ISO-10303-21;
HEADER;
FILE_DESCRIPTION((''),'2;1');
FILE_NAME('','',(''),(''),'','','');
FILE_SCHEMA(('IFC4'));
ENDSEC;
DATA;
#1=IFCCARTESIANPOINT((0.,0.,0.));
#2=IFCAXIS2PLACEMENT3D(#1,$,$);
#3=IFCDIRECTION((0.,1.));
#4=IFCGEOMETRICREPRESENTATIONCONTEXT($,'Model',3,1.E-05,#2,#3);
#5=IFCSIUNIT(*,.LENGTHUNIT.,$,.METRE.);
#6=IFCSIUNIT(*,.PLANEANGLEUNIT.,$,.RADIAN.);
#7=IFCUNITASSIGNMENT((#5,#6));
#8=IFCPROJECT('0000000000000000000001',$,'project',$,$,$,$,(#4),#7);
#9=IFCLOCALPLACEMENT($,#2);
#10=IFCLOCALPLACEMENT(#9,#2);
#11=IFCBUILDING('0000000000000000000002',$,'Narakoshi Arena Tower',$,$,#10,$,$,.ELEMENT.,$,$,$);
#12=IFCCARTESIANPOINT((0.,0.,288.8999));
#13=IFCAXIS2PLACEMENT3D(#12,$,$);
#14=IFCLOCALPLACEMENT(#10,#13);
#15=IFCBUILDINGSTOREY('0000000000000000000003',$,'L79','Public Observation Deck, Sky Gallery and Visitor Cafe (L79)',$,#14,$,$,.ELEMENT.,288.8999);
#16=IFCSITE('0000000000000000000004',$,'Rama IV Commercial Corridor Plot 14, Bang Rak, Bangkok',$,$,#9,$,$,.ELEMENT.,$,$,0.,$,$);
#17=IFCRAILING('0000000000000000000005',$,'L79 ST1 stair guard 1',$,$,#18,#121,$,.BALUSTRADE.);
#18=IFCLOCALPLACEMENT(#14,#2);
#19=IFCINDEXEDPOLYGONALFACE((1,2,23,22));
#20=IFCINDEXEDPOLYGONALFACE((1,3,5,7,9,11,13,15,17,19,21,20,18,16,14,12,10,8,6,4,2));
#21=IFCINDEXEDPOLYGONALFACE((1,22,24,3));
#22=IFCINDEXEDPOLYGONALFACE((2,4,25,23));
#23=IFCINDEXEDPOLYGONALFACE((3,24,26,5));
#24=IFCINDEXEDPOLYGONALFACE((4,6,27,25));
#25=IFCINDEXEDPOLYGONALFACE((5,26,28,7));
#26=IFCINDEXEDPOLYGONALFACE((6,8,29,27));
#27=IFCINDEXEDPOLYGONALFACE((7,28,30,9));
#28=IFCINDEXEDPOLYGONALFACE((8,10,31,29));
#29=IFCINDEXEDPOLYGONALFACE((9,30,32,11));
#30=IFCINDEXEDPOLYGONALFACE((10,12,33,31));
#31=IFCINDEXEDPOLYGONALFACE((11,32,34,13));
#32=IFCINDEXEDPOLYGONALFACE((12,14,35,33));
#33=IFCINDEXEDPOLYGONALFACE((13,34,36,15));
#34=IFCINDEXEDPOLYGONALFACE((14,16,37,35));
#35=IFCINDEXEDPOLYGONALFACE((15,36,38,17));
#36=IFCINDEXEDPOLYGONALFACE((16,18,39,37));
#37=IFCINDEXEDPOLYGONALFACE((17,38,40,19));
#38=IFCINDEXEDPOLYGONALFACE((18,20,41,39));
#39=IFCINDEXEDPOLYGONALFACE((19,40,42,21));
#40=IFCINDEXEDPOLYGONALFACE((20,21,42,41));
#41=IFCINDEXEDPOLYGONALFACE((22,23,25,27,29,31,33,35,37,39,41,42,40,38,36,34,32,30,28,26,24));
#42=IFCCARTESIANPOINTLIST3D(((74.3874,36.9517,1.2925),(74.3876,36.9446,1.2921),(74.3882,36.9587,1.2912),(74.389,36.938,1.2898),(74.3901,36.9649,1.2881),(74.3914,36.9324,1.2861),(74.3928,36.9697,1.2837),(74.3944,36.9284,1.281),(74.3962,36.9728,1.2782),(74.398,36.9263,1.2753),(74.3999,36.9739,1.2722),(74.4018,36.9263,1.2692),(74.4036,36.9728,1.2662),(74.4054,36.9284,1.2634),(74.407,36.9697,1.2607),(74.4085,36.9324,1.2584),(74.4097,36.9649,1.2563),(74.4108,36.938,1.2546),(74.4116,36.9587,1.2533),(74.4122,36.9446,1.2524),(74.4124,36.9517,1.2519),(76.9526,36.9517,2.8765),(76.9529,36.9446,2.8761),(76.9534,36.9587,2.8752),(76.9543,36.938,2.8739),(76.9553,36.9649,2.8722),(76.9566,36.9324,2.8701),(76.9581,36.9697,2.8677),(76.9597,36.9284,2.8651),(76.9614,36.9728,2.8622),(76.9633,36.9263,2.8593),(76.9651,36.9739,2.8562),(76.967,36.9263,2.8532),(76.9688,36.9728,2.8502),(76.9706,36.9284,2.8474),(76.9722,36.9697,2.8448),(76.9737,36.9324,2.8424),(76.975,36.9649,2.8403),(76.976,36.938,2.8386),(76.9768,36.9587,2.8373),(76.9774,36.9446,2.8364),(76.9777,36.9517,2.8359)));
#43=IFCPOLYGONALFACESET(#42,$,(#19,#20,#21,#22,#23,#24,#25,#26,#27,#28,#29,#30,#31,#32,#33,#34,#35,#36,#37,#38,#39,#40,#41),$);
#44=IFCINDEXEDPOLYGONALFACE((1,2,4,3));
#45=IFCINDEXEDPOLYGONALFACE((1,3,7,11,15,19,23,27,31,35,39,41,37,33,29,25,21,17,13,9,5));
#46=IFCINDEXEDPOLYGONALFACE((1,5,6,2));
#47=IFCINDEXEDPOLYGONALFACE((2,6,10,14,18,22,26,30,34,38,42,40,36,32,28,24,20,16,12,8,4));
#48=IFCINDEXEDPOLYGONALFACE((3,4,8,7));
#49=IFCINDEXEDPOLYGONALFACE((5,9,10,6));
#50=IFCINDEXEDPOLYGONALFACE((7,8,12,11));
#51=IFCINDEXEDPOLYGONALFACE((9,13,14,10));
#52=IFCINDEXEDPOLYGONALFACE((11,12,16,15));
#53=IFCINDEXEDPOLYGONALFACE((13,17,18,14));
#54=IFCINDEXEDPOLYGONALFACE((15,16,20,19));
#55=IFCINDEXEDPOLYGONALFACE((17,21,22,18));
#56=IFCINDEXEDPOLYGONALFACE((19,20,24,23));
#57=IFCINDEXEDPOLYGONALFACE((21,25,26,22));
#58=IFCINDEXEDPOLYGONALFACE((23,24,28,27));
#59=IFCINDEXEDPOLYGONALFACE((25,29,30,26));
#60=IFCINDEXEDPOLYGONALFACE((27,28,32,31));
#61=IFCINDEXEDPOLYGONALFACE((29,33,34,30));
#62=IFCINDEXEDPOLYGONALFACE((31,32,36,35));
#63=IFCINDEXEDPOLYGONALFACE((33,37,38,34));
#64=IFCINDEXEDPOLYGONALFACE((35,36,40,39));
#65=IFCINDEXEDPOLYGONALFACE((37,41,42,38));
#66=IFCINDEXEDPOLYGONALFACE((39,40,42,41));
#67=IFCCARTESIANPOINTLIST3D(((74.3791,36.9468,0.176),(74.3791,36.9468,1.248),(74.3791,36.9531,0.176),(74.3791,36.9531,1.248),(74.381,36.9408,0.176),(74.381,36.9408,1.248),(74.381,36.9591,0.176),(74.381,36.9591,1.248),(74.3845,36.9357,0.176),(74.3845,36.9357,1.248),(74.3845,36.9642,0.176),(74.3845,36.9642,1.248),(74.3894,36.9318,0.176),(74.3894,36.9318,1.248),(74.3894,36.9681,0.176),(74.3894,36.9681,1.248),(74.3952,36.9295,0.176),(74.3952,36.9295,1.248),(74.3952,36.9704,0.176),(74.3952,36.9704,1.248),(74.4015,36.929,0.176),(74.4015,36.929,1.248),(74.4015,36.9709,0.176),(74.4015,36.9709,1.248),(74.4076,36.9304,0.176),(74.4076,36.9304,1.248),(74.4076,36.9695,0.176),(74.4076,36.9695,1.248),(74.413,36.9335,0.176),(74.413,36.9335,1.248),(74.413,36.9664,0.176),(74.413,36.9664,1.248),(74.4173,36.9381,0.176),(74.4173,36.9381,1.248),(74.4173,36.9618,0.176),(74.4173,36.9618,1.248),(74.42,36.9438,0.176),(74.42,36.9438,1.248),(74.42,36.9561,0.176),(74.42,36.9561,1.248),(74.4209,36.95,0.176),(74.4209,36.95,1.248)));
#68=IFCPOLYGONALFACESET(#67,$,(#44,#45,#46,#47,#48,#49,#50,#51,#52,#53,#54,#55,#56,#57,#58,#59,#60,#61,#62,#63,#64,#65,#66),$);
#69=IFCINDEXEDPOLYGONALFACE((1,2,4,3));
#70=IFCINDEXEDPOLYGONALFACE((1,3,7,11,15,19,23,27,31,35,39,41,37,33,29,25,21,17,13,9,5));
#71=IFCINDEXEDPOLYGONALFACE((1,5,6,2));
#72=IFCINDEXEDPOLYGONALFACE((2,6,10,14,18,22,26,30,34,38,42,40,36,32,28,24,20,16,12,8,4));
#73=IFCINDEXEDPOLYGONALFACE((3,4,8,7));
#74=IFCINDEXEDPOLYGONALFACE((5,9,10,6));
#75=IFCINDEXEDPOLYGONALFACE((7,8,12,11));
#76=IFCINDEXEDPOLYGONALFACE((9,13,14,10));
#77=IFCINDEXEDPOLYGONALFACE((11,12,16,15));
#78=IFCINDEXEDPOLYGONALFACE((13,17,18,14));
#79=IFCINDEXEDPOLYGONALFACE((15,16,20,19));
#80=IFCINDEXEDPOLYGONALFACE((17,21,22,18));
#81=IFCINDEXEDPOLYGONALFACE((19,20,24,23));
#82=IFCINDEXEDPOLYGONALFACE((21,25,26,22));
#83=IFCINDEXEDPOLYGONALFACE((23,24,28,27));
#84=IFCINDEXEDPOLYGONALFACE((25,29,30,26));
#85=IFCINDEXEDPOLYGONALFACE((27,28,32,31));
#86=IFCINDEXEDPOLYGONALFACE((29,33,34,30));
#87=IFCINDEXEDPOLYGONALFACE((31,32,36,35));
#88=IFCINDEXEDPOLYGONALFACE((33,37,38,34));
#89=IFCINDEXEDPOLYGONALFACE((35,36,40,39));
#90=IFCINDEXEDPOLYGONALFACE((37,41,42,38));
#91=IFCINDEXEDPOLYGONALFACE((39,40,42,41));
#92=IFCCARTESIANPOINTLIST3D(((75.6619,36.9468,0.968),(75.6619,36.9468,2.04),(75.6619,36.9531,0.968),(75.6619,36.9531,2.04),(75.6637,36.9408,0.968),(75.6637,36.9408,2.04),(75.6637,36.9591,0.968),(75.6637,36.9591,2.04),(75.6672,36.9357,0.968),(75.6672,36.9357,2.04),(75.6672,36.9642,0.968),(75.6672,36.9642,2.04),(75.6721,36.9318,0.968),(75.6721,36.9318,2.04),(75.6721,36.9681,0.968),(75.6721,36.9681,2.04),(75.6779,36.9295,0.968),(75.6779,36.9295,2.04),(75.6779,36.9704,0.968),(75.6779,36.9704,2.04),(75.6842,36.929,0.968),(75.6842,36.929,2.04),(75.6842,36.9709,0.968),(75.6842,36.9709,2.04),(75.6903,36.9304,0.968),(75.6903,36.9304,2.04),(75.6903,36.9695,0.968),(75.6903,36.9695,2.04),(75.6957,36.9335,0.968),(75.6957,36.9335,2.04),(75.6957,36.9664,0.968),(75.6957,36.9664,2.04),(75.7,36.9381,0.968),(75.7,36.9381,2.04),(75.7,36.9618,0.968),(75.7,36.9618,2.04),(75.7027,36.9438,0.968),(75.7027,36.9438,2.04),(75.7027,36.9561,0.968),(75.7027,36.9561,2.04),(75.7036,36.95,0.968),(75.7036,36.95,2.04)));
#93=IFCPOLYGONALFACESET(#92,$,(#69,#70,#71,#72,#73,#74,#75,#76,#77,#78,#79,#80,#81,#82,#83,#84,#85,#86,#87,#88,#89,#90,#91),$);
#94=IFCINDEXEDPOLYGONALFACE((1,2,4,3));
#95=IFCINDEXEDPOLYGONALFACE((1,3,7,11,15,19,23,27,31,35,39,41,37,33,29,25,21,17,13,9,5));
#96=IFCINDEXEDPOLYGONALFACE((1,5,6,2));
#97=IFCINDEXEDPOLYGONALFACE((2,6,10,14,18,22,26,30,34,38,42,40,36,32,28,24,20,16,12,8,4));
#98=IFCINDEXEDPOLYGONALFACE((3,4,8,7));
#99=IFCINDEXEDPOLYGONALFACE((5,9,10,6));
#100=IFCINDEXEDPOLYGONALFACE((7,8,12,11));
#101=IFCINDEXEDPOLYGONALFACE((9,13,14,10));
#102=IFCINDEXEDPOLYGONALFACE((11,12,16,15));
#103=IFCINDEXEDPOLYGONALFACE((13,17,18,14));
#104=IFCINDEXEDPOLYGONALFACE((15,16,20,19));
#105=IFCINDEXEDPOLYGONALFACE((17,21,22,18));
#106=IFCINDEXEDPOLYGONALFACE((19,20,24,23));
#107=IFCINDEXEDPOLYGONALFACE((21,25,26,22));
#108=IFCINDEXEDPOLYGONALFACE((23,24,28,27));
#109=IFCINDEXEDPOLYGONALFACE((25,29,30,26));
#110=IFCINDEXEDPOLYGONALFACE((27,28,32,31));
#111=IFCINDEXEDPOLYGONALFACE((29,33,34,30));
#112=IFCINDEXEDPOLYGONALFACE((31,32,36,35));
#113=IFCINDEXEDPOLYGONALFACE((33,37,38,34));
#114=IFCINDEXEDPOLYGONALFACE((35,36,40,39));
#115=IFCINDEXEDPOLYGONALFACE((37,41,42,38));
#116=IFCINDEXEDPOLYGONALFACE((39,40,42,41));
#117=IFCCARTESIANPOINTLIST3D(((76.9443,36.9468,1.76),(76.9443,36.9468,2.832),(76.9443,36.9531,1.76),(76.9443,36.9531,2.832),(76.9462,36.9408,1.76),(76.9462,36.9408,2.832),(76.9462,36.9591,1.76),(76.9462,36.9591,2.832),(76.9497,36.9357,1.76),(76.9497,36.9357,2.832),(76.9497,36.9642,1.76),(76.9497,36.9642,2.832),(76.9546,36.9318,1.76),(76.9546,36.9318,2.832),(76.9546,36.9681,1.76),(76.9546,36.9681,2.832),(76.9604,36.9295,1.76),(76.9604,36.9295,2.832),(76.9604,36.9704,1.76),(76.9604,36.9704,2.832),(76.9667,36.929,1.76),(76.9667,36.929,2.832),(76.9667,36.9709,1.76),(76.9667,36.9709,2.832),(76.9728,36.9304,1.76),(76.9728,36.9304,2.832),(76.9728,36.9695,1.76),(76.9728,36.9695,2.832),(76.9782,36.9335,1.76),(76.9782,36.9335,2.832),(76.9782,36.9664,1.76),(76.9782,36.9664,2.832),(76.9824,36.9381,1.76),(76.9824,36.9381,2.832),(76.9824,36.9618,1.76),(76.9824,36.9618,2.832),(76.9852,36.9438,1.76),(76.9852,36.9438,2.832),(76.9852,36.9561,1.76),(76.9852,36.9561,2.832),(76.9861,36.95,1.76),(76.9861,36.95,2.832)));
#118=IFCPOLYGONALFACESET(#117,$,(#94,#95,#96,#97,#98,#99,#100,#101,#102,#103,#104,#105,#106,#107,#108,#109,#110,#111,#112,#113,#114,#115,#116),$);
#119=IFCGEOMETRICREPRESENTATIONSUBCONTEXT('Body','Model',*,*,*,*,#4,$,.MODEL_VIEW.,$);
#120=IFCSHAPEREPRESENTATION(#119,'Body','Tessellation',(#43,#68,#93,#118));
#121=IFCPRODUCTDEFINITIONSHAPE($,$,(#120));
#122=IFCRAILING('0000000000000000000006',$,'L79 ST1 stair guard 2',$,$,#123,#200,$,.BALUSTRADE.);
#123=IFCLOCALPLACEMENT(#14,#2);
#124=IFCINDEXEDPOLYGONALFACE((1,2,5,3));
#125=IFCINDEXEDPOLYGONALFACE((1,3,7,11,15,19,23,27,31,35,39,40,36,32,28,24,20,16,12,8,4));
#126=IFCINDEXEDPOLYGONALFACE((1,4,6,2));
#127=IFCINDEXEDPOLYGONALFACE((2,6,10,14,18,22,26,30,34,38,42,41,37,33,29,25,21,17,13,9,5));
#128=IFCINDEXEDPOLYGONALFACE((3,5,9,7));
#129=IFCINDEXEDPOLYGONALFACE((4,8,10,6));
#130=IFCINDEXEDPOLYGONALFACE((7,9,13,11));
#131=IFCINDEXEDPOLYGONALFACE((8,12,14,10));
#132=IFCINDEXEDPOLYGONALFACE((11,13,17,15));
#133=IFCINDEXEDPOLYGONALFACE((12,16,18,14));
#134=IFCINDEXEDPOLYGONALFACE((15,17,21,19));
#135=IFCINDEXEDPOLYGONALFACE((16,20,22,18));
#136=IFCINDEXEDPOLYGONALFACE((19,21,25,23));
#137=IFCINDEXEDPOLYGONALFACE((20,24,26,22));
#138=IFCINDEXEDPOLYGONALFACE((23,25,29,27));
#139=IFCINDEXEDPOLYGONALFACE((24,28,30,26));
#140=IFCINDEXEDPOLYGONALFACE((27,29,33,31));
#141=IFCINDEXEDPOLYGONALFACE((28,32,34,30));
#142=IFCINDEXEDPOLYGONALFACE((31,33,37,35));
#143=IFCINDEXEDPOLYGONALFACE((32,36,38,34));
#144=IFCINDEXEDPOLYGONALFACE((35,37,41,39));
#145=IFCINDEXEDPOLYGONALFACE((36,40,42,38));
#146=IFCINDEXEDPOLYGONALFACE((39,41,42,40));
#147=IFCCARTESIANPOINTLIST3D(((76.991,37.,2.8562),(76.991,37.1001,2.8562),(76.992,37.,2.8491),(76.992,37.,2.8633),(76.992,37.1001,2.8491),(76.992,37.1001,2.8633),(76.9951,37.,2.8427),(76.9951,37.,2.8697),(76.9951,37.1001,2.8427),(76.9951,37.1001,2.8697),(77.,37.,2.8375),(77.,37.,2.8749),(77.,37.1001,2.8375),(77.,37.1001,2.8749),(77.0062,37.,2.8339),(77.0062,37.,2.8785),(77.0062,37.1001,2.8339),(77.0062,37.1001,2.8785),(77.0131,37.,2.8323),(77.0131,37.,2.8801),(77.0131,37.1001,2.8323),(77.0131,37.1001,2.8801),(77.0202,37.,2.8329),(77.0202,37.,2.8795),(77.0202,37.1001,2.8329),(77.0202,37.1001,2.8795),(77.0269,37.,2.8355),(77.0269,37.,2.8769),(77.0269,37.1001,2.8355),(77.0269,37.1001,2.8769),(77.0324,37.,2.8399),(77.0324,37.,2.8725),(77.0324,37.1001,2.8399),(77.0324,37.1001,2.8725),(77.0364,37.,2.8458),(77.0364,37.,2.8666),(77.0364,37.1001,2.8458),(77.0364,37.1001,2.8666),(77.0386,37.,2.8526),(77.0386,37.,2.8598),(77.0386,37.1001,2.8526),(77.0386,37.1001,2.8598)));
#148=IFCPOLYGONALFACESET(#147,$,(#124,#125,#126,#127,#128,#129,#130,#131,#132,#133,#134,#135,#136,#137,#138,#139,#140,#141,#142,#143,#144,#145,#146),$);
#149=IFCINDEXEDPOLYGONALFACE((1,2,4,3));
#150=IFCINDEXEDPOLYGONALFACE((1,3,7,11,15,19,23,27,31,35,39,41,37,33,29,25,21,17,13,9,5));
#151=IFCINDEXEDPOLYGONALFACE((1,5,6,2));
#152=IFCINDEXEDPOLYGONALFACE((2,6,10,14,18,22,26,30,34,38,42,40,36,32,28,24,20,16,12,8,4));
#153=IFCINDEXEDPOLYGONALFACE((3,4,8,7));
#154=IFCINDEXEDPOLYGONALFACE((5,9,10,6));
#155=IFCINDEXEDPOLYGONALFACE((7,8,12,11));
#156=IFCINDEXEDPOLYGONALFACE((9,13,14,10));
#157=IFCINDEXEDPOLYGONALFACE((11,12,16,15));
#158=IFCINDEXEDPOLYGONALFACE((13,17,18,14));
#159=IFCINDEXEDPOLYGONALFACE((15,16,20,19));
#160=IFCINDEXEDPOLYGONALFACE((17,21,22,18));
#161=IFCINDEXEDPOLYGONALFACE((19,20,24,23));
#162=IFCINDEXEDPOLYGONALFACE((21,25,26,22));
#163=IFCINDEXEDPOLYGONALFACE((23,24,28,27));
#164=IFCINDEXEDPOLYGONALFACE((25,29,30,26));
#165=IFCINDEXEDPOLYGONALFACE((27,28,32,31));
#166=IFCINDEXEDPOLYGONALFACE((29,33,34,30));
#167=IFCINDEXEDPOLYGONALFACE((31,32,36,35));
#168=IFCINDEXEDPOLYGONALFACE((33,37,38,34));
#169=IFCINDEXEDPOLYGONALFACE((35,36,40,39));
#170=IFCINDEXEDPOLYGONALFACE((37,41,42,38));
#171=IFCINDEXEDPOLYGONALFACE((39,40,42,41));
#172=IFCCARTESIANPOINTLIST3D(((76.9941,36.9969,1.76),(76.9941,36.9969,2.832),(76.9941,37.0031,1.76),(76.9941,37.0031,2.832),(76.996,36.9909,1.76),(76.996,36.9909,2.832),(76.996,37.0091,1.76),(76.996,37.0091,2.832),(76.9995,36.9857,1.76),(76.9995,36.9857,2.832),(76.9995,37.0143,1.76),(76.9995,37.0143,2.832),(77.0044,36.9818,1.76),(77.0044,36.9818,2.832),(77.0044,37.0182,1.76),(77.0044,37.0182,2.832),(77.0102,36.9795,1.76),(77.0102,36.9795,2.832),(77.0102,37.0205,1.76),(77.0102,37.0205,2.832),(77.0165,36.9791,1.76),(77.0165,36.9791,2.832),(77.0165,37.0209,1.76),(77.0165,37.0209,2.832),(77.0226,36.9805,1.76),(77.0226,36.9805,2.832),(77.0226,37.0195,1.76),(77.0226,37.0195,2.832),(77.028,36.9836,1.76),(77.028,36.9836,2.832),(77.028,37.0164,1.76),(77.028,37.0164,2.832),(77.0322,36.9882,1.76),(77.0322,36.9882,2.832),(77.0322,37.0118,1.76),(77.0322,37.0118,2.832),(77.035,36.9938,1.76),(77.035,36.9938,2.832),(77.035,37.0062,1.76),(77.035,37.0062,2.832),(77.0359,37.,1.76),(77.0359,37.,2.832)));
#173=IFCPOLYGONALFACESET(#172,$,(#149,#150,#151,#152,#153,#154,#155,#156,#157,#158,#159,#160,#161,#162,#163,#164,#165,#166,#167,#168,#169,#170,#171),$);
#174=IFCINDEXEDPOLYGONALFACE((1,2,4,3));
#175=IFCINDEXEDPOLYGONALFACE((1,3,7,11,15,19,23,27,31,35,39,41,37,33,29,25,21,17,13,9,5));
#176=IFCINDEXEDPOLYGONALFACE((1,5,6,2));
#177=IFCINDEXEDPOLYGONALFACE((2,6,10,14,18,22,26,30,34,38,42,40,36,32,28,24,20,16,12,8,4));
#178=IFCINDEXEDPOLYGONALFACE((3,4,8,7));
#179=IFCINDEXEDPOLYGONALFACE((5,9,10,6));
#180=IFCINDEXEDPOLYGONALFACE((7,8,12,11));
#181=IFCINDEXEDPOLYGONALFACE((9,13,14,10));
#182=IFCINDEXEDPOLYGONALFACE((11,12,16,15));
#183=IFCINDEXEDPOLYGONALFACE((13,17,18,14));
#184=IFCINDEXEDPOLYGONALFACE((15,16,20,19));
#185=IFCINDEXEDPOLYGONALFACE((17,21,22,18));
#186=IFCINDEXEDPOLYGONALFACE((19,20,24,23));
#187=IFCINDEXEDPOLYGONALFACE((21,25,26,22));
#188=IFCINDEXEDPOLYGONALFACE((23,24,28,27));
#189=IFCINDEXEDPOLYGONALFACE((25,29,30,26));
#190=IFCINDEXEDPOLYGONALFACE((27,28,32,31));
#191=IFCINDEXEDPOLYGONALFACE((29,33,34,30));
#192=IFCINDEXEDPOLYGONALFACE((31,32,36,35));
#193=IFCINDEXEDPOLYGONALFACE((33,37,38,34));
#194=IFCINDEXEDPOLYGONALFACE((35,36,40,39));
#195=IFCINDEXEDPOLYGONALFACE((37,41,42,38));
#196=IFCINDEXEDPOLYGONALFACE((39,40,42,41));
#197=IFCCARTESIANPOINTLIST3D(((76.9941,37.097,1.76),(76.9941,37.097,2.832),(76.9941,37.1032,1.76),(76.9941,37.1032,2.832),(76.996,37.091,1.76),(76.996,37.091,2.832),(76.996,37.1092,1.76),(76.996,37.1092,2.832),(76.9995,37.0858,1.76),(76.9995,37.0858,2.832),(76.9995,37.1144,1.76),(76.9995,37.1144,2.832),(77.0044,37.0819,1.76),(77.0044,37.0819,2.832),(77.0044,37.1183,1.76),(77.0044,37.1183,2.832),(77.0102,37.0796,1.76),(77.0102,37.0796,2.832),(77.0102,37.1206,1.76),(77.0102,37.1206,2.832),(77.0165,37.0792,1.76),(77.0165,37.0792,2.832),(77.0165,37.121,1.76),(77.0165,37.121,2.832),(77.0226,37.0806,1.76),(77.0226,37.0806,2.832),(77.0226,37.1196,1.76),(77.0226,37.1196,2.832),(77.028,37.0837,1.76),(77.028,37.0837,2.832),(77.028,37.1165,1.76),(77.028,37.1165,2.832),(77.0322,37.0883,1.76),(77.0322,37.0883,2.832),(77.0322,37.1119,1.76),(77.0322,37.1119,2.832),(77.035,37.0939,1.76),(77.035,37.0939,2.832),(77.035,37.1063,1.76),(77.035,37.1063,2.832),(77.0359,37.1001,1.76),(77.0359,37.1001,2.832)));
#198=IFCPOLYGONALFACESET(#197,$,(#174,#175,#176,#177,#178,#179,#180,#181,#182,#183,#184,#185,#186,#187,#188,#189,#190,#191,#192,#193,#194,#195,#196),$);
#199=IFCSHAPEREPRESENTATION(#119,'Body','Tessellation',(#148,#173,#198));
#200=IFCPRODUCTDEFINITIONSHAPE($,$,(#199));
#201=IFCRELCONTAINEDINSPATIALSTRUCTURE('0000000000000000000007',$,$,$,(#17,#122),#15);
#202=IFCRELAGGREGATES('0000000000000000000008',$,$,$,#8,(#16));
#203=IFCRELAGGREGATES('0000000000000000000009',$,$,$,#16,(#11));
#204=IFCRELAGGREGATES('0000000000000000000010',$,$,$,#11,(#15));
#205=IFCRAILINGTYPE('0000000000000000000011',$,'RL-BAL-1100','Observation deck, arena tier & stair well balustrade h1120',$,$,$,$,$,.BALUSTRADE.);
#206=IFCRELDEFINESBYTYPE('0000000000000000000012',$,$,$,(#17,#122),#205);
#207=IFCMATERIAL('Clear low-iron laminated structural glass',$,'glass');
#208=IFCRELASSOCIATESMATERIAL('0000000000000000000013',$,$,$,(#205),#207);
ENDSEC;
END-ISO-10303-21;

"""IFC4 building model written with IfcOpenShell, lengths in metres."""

from ifc_helpers import new_model, si_unit, direction, frame, origin, origin_2d, place, context, subcontext, project, spatial, circle, extrude, material, type_object, element, save


model = new_model("IFC4")

# Units and contexts
model_context = context("Model", 3, precision=1e-05, world=origin(), true_north=direction((0.0, 1.0)))
body_context = subcontext(model_context, "Body", "Model", "MODEL_VIEW")
ifc_project = project(units=[si_unit("LENGTHUNIT", "METRE"), si_unit("PLANEANGLEUNIT", "RADIAN")], contexts=[model_context])

# Site, building, storey
site_placement = place(None, origin())
site = spatial("IfcSite", under=ifc_project, at=site_placement, Name="Rama IV Commercial Corridor Plot 14, Bang Rak, Bangkok", CompositionType="ELEMENT", RefElevation=0.0)
building_placement = place(site_placement, origin())
building = spatial("IfcBuilding", under=site, at=building_placement, Name="Narakoshi Arena Tower", CompositionType="ELEMENT")
storey_placement = place(building_placement, frame((0.0, 0.0, 288.8999)))
storey = spatial("IfcBuildingStorey", under=building, at=storey_placement, Name="L79", Description="Public Observation Deck, Sky Gallery and Visitor Cafe (L79)", CompositionType="ELEMENT", Elevation=288.8999)

# Railings
ifc_material_1 = material(Name="Clear low-iron laminated structural glass", Category="glass")
railing_type_1 = type_object("IfcRailingType", Name="RL-BAL-1100", Description="Observation deck, arena tier & stair well balustrade h1120", PredefinedType="BALUSTRADE", material=ifc_material_1)
railing_1_placement = place(storey_placement, frame((74.3999, 36.95, 0.176)))
element("IfcRailing", 1, at=railing_1_placement, inside=storey, type_object=railing_type_1, Name="L79 ST1 stair guard 1", PredefinedType="BALUSTRADE", context=body_context, shape_type="SweptSolid", body=[
    extrude(circle(Radius=0.0239, at=origin_2d()), frame((0.0, 0.0, 1.0962), z_axis=(0.850857, 0.0, 0.525398), x_axis=(0.0, 1.0, 0.0)), (0.0, 0.0, 1.0), 3.0149),
    extrude(circle(Radius=0.021, at=origin_2d()), origin(), (0.0, 0.0, 1.0), 1.072),
    extrude(circle(Radius=0.021, at=origin_2d()), frame((1.2827, 0.0, 0.792)), (0.0, 0.0, 1.0), 1.072),
    extrude(circle(Radius=0.021, at=origin_2d()), frame((2.5652, 0.0, 1.584)), (0.0, 0.0, 1.0), 1.072),
])
railing_2_placement = place(storey_placement, frame((77.0149, 37.0, 1.76)))
element("IfcRailing", 2, at=railing_2_placement, inside=storey, type_object=railing_type_1, Name="L79 ST1 stair guard 2", PredefinedType="BALUSTRADE", context=body_context, shape_type="SweptSolid", body=[
    extrude(circle(Radius=0.0239, at=origin_2d()), frame((0.0, 0.0, 1.0962), z_axis=(0.0, 1.0, 0.0), x_axis=(-1.0, 0.0, 0.0)), (0.0, 0.0, 1.0), 0.1001),
    extrude(circle(Radius=0.021, at=origin_2d()), origin(), (0.0, 0.0, 1.0), 1.072),
    extrude(circle(Radius=0.021, at=origin_2d()), frame((0.0, 0.1001, 0.0)), (0.0, 0.0, 1.0), 1.072),
])

save(model, "model.ifc")
